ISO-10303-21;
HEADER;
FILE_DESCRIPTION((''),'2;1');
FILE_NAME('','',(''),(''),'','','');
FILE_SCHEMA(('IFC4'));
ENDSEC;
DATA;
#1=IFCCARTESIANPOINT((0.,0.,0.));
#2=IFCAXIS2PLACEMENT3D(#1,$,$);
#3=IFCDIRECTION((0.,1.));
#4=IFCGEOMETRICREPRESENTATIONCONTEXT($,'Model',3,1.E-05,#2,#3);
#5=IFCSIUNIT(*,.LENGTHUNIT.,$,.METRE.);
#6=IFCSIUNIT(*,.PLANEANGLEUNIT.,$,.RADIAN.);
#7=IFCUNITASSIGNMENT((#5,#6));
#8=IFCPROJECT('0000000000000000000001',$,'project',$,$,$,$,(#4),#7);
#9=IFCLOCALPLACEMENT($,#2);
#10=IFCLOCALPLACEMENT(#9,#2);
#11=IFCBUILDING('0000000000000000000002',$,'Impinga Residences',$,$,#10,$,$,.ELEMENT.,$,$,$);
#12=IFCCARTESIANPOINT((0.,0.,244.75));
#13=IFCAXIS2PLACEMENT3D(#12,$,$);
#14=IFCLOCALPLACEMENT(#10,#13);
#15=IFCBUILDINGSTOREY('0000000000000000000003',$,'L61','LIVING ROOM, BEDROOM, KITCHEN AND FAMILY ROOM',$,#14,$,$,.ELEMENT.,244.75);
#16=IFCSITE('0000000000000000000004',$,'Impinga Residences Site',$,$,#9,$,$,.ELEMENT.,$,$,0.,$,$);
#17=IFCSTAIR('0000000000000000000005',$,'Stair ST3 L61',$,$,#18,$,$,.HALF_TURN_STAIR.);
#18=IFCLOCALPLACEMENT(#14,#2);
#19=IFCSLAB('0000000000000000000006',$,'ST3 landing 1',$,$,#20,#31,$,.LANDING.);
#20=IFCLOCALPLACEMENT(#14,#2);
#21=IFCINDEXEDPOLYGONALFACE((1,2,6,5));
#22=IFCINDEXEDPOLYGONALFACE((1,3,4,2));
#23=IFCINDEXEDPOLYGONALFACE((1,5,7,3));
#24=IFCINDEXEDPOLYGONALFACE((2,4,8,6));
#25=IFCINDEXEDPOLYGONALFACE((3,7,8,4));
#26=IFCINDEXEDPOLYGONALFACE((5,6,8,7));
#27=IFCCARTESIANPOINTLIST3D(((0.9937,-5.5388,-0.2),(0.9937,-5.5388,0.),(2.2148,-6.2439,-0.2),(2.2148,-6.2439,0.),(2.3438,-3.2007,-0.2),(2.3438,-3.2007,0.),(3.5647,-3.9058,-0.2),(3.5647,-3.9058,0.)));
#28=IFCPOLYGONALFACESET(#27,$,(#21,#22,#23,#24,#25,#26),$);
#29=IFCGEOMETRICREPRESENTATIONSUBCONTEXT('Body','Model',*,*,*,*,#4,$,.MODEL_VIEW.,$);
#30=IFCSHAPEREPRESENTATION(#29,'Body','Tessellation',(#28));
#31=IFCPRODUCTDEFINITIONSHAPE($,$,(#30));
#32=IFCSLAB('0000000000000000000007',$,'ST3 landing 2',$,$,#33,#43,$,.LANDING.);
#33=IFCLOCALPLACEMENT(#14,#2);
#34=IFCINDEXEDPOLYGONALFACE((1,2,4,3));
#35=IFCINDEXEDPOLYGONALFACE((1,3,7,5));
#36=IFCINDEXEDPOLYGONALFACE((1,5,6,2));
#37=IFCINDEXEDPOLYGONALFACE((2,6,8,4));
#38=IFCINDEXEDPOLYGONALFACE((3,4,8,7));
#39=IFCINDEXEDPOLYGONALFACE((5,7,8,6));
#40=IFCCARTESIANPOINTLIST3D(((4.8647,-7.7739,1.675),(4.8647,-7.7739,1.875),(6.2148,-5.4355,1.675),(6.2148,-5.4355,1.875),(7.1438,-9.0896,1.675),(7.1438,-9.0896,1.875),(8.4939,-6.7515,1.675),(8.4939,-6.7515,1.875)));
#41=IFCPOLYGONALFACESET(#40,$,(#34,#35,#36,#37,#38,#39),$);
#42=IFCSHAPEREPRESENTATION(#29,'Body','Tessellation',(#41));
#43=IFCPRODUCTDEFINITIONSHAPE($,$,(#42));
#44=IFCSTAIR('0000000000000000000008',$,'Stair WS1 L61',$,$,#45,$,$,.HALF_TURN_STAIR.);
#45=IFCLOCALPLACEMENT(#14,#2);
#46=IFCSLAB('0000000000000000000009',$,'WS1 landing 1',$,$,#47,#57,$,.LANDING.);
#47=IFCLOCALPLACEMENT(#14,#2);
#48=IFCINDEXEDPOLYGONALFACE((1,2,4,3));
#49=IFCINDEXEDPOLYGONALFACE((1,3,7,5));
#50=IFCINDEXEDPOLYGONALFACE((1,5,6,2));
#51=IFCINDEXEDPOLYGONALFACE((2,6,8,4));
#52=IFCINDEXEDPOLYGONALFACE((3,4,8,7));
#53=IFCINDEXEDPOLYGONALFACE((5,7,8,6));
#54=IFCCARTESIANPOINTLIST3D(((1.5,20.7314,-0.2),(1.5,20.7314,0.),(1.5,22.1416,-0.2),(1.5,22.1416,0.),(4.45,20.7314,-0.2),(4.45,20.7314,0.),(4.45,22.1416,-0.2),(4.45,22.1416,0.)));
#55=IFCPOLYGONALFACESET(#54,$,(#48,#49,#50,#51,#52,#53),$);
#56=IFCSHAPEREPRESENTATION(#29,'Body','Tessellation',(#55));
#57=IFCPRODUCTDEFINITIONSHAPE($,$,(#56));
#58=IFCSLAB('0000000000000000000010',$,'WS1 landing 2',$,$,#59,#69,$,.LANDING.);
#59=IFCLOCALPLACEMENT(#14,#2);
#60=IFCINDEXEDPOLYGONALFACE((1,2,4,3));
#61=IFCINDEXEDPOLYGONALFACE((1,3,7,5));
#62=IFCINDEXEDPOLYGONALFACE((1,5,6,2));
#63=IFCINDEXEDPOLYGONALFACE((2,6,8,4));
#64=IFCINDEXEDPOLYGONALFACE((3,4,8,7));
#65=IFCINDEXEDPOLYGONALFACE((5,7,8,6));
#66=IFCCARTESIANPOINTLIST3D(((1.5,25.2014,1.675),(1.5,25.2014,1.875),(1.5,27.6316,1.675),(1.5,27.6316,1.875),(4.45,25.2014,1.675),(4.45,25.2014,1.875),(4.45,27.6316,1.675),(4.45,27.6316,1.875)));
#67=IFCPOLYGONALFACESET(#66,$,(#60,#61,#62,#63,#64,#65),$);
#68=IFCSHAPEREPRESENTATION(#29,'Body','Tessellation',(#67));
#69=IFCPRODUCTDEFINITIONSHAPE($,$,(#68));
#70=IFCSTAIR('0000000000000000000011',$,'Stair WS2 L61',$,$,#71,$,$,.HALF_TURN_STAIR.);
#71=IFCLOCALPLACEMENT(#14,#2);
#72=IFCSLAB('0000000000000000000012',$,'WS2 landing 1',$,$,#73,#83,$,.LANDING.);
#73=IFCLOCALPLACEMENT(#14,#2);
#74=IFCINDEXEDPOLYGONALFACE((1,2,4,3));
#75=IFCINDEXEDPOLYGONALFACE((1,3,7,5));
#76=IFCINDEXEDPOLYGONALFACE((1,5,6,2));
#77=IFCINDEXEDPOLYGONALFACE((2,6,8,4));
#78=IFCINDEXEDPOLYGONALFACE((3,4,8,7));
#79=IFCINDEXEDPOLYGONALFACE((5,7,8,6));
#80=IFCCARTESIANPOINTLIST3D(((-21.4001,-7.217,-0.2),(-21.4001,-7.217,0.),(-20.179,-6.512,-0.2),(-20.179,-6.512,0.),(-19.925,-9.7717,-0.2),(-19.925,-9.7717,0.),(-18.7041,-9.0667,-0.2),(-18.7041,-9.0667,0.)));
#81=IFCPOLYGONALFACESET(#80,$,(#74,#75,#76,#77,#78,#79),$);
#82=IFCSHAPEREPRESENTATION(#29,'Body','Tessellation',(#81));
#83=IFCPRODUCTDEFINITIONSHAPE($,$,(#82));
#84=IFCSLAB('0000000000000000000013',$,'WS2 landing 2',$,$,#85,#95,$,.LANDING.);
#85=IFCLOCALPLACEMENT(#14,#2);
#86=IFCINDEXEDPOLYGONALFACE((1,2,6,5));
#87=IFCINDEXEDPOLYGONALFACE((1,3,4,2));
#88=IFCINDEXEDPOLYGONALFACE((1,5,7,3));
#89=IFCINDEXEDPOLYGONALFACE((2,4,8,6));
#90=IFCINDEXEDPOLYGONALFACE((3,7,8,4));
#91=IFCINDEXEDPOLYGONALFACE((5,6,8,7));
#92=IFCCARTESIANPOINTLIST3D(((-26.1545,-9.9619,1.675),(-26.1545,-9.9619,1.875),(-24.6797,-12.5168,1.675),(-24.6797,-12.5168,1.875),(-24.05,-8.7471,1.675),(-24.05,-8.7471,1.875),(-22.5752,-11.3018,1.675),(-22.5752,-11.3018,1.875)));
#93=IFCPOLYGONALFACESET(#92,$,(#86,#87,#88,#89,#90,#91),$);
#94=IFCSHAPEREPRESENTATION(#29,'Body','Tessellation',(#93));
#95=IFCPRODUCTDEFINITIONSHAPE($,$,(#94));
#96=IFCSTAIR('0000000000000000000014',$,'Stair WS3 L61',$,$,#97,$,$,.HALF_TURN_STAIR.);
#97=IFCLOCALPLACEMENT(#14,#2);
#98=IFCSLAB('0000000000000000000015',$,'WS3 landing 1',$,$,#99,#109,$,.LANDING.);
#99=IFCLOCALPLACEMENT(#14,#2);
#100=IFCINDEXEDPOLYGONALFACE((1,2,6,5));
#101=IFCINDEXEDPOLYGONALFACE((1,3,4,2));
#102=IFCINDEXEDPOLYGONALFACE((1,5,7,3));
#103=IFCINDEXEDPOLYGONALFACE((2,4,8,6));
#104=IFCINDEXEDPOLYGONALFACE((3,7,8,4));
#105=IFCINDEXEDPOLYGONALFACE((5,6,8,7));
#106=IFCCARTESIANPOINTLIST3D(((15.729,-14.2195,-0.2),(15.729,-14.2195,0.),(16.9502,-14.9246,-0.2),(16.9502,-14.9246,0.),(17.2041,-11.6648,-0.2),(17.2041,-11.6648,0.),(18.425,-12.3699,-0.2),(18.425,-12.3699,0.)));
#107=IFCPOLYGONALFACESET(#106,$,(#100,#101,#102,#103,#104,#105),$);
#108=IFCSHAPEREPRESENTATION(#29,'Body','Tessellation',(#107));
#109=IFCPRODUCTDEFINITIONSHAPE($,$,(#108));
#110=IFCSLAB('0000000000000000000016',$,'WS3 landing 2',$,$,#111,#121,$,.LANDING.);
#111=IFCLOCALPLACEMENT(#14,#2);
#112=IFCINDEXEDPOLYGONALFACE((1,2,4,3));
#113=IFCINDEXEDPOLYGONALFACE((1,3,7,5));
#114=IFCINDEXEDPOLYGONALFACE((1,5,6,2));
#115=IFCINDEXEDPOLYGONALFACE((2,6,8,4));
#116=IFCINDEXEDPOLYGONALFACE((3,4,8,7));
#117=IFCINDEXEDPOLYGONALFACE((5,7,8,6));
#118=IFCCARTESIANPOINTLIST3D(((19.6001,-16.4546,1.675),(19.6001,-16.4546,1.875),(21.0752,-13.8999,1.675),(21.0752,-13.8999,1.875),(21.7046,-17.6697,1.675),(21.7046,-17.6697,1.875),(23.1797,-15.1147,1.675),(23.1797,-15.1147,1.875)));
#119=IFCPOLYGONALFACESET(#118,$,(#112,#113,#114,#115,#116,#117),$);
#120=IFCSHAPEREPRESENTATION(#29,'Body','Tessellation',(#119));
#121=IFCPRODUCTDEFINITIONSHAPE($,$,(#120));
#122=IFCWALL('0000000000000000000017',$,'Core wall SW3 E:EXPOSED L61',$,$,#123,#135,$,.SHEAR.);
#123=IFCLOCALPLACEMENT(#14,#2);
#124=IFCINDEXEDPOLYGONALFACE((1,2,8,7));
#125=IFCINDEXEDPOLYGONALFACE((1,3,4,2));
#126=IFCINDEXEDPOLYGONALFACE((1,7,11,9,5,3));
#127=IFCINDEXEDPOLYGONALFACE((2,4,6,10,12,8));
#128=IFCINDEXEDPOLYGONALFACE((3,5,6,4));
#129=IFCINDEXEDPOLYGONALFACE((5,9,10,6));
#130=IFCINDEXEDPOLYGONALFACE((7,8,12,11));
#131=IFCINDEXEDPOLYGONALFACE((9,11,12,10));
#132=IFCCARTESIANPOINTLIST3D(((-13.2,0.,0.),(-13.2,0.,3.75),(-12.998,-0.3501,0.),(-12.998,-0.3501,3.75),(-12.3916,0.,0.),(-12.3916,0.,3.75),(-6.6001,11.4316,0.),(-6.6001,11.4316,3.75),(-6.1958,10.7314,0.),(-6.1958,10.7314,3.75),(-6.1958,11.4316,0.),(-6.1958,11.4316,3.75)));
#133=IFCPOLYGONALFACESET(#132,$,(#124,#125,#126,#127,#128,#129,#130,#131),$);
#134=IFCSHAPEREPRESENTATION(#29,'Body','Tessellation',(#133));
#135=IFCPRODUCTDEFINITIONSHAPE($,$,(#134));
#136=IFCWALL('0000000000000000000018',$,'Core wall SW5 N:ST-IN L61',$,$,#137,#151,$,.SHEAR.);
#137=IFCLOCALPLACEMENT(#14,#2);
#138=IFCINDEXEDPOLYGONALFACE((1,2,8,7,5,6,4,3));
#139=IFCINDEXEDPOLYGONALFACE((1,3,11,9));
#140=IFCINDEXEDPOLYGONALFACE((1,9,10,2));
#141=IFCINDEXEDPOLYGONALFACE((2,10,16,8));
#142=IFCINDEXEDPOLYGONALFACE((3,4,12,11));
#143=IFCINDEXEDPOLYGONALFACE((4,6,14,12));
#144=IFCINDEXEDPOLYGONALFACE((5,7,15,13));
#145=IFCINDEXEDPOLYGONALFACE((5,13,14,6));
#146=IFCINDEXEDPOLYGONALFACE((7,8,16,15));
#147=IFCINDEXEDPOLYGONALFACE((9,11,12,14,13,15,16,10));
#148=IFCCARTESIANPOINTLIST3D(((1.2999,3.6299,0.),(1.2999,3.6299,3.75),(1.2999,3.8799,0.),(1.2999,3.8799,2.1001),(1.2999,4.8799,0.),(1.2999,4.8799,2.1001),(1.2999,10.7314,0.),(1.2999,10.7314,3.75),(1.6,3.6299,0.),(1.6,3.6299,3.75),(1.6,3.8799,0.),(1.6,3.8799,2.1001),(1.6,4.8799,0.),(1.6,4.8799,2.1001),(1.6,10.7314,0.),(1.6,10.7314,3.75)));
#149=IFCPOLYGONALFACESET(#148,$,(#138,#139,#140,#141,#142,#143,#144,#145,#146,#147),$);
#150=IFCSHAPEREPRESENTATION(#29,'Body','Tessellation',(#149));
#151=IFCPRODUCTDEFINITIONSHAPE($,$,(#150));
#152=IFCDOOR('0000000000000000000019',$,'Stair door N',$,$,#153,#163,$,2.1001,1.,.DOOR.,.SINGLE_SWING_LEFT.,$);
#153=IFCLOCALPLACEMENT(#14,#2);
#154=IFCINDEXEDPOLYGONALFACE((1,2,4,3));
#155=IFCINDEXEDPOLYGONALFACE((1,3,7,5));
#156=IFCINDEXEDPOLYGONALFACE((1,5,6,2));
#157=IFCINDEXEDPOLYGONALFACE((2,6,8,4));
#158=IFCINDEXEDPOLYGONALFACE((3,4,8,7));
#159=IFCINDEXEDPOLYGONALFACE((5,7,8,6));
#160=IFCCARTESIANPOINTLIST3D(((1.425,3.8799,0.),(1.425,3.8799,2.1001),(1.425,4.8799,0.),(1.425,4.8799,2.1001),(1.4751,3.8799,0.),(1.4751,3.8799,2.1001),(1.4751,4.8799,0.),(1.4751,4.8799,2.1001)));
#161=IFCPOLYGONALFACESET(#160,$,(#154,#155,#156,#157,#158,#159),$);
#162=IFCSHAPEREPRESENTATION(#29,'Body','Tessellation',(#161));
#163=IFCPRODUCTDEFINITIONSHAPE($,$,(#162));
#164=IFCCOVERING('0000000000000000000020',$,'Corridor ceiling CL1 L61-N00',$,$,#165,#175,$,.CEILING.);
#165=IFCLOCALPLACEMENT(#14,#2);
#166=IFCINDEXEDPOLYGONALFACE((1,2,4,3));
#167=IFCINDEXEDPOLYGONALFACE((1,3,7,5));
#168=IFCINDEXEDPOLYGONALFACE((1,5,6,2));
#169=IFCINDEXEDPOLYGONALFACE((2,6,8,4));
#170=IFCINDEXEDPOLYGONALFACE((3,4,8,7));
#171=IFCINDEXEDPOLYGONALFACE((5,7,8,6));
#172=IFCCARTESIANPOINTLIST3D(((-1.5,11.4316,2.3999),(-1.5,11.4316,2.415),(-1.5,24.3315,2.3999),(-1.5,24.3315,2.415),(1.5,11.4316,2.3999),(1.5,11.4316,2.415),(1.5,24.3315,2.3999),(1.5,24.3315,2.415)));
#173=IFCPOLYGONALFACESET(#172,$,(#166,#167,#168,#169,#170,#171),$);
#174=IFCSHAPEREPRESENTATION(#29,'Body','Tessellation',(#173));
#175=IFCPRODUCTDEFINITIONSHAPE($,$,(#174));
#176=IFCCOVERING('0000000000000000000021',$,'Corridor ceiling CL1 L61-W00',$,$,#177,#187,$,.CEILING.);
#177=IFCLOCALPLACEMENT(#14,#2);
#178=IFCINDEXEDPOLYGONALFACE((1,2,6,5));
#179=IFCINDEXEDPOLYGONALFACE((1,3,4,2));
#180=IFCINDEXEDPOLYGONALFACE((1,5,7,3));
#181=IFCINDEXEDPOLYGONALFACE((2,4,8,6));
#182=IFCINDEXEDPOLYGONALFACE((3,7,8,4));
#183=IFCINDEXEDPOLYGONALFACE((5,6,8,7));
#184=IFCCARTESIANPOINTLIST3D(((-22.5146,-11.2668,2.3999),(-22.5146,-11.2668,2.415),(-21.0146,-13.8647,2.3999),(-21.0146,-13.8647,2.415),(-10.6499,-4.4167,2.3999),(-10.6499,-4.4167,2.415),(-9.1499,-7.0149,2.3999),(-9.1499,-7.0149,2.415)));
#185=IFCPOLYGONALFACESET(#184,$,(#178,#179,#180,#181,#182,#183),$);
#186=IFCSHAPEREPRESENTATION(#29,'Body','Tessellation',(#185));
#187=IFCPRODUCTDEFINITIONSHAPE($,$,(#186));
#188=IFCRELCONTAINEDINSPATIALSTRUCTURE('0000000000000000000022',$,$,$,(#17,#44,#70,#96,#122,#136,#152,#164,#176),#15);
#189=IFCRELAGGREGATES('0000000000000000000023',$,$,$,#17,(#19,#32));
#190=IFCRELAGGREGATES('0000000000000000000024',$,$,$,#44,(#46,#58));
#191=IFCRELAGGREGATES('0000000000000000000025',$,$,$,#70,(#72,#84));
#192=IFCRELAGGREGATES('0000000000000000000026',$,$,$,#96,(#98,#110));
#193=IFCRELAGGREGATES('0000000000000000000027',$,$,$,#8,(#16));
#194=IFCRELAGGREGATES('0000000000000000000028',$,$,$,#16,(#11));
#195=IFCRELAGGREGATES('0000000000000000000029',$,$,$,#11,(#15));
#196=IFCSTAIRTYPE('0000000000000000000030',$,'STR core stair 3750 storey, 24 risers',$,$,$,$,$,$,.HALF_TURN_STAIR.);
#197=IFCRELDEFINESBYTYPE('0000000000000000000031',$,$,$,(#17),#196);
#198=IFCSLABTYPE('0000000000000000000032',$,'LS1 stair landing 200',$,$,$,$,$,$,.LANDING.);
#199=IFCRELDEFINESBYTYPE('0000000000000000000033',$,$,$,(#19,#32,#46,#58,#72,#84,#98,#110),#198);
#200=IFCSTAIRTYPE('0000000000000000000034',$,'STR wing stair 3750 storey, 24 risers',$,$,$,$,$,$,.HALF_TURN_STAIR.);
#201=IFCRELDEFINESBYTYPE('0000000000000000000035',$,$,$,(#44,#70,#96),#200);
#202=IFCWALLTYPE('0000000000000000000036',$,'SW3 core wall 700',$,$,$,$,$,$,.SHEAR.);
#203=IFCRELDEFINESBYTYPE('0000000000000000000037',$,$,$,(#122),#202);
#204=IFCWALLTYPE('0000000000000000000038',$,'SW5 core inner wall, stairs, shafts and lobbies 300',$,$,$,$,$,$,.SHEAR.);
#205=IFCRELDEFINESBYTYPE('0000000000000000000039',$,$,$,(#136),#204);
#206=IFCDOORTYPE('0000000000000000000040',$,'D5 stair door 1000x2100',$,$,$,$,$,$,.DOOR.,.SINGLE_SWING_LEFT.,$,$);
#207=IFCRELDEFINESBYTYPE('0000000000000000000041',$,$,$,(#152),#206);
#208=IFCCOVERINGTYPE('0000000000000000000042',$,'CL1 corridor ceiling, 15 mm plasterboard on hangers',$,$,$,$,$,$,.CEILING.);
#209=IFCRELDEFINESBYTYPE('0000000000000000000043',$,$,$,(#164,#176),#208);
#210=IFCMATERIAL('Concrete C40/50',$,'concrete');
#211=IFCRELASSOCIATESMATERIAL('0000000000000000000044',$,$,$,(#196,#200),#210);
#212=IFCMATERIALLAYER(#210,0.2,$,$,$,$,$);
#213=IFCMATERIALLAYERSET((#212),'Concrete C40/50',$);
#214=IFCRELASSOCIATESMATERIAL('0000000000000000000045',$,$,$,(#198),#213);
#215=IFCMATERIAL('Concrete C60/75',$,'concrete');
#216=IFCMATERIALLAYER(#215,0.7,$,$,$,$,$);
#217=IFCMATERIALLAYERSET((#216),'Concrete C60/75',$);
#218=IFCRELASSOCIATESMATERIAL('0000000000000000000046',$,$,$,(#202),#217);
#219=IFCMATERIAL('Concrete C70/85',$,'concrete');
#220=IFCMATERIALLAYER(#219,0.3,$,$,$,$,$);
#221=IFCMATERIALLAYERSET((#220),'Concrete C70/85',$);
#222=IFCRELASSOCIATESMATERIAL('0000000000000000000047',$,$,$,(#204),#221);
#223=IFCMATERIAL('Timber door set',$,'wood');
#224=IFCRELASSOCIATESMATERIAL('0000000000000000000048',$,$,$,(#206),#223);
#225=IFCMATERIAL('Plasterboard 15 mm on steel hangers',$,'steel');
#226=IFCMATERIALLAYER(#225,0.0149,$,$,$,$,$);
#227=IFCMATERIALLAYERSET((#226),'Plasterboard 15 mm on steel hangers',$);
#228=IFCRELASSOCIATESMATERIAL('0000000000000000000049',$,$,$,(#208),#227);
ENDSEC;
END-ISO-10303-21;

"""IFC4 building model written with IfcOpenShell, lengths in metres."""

from ifc_helpers import new_model, si_unit, direction, frame, frame_2d, origin, place, context, subcontext, project, spatial, polyline, rectangle, outline, extrude, material, layer, layer_set, type_object, element, fill, aggregate, save


model = new_model("IFC4")

# Units and contexts
model_context = context("Model", 3, precision=1e-05, world=origin(), true_north=direction((0.0, 1.0)))
body_context = subcontext(model_context, "Body", "Model", "MODEL_VIEW")
ifc_project = project(units=[si_unit("LENGTHUNIT", "METRE"), si_unit("PLANEANGLEUNIT", "RADIAN")], contexts=[model_context])

# Site, building, storey
site_placement = place(None, origin())
site = spatial("IfcSite", under=ifc_project, at=site_placement, Name="Impinga Residences Site", CompositionType="ELEMENT", RefElevation=0.0)
building_placement = place(site_placement, origin())
building = spatial("IfcBuilding", under=site, at=building_placement, Name="Impinga Residences", CompositionType="ELEMENT")
storey_placement = place(building_placement, frame((0.0, 0.0, 244.75)))
storey = spatial("IfcBuildingStorey", under=building, at=storey_placement, Name="L61", Description="LIVING ROOM, BEDROOM, KITCHEN AND FAMILY ROOM", CompositionType="ELEMENT", Elevation=244.75)

# Shared definitions
ifc_material_1 = material(Name="Concrete C60/75", Category="concrete")

# Stairs, slabs
ifc_material_2 = material(Name="Concrete C40/50", Category="concrete")
stair_type_1 = type_object("IfcStairType", Name="STR core stair 3750 storey, 24 risers", PredefinedType="HALF_TURN_STAIR", material=ifc_material_2)
ifc_layer_1 = layer(ifc_material_2, 0.2)
ifc_layer_set_1 = layer_set([ifc_layer_1], Name="Concrete C40/50")
slab_type_1 = type_object("IfcSlabType", Name="LS1 stair landing 200", PredefinedType="LANDING", material=ifc_layer_set_1)
stair_1_placement = place(storey_placement, origin())
stair_1 = element("IfcStair", 1, at=stair_1_placement, inside=storey, type_object=stair_type_1, Name="Stair ST3 L61", PredefinedType="HALF_TURN_STAIR")
slab_1_placement = place(storey_placement, frame((0.0, 0.0, -0.2)))
slab_1 = element("IfcSlab", 2, at=slab_1_placement, type_object=slab_type_1, Name="ST3 landing 1", PredefinedType="LANDING", context=body_context, shape_type="SweptSolid", body=[
    extrude(outline(polyline([(2.3438, -3.2007), (0.9937, -5.5388), (2.2148, -6.2439), (3.5647, -3.9058), (2.3438, -3.2007)])), origin(), (0.0, 0.0, 1.0), 0.2),
])
slab_2_placement = place(storey_placement, frame((0.0, 0.0, 1.675)))
slab_2 = element("IfcSlab", 3, at=slab_2_placement, type_object=slab_type_1, Name="ST3 landing 2", PredefinedType="LANDING", context=body_context, shape_type="SweptSolid", body=[
    extrude(outline(polyline([(6.2148, -5.4355), (4.8647, -7.7739), (7.1438, -9.0896), (8.4939, -6.7515), (6.2148, -5.4355)])), origin(), (0.0, 0.0, 1.0), 0.2),
])
aggregate(stair_1, [slab_1, slab_2])
stair_type_2 = type_object("IfcStairType", Name="STR wing stair 3750 storey, 24 risers", PredefinedType="HALF_TURN_STAIR", material=ifc_material_2)
stair_2_placement = place(storey_placement, origin())
stair_2 = element("IfcStair", 4, at=stair_2_placement, inside=storey, type_object=stair_type_2, Name="Stair WS1 L61", PredefinedType="HALF_TURN_STAIR")
slab_3_placement = place(storey_placement, frame((0.0, 0.0, -0.2)))
slab_3 = element("IfcSlab", 5, at=slab_3_placement, type_object=slab_type_1, Name="WS1 landing 1", PredefinedType="LANDING", context=body_context, shape_type="SweptSolid", body=[
    extrude(outline(polyline([(1.5, 20.7314), (4.45, 20.7314), (4.45, 22.1416), (1.5, 22.1416), (1.5, 20.7314)])), origin(), (0.0, 0.0, 1.0), 0.2),
])
slab_4_placement = place(storey_placement, frame((0.0, 0.0, 1.675)))
slab_4 = element("IfcSlab", 6, at=slab_4_placement, type_object=slab_type_1, Name="WS1 landing 2", PredefinedType="LANDING", context=body_context, shape_type="SweptSolid", body=[
    extrude(outline(polyline([(1.5, 25.2014), (4.45, 25.2014), (4.45, 27.6316), (1.5, 27.6316), (1.5, 25.2014)])), origin(), (0.0, 0.0, 1.0), 0.2),
])
aggregate(stair_2, [slab_3, slab_4])
stair_3_placement = place(storey_placement, origin())
stair_3 = element("IfcStair", 7, at=stair_3_placement, inside=storey, type_object=stair_type_2, Name="Stair WS2 L61", PredefinedType="HALF_TURN_STAIR")
slab_5_placement = place(storey_placement, frame((0.0, 0.0, -0.2)))
slab_5 = element("IfcSlab", 8, at=slab_5_placement, type_object=slab_type_1, Name="WS2 landing 1", PredefinedType="LANDING", context=body_context, shape_type="SweptSolid", body=[
    extrude(outline(polyline([(-18.7041, -9.0667), (-20.179, -6.512), (-21.4001, -7.217), (-19.925, -9.7717), (-18.7041, -9.0667)])), origin(), (0.0, 0.0, 1.0), 0.2),
])
slab_6_placement = place(storey_placement, frame((0.0, 0.0, 1.675)))
slab_6 = element("IfcSlab", 9, at=slab_6_placement, type_object=slab_type_1, Name="WS2 landing 2", PredefinedType="LANDING", context=body_context, shape_type="SweptSolid", body=[
    extrude(outline(polyline([(-22.5752, -11.3018), (-24.05, -8.7471), (-26.1545, -9.9619), (-24.6797, -12.5168), (-22.5752, -11.3018)])), origin(), (0.0, 0.0, 1.0), 0.2),
])
aggregate(stair_3, [slab_5, slab_6])
stair_4_placement = place(storey_placement, origin())
stair_4 = element("IfcStair", 10, at=stair_4_placement, inside=storey, type_object=stair_type_2, Name="Stair WS3 L61", PredefinedType="HALF_TURN_STAIR")
slab_7_placement = place(storey_placement, frame((0.0, 0.0, -0.2)))
slab_7 = element("IfcSlab", 11, at=slab_7_placement, type_object=slab_type_1, Name="WS3 landing 1", PredefinedType="LANDING", context=body_context, shape_type="SweptSolid", body=[
    extrude(outline(polyline([(17.2041, -11.6648), (15.729, -14.2195), (16.9502, -14.9246), (18.425, -12.3699), (17.2041, -11.6648)])), origin(), (0.0, 0.0, 1.0), 0.2),
])
slab_8_placement = place(storey_placement, frame((0.0, 0.0, 1.675)))
slab_8 = element("IfcSlab", 12, at=slab_8_placement, type_object=slab_type_1, Name="WS3 landing 2", PredefinedType="LANDING", context=body_context, shape_type="SweptSolid", body=[
    extrude(outline(polyline([(21.0752, -13.8999), (19.6001, -16.4546), (21.7046, -17.6697), (23.1797, -15.1147), (21.0752, -13.8999)])), origin(), (0.0, 0.0, 1.0), 0.2),
])
aggregate(stair_4, [slab_7, slab_8])

# Wall
ifc_layer_2 = layer(ifc_material_1, 0.7)
ifc_layer_set_2 = layer_set([ifc_layer_2], Name="Concrete C60/75")
wall_type_1 = type_object("IfcWallType", Name="SW3 core wall 700", PredefinedType="SHEAR", material=ifc_layer_set_2)
wall_1_placement = place(storey_placement, origin())
element("IfcWall", 13, at=wall_1_placement, inside=storey, type_object=wall_type_1, Name="Core wall SW3 E:EXPOSED L61", PredefinedType="SHEAR", context=body_context, shape_type="SweptSolid", body=[
    extrude(outline(polyline([(-6.6001, 11.4316), (-13.2, 0.0), (-12.998, -0.3501), (-12.3916, 0.0), (-6.1958, 10.7314), (-6.1958, 11.4316), (-6.6001, 11.4316)])), origin(), (0.0, 0.0, 1.0), 3.75),
])

# Wall, opening, door
ifc_material_3 = material(Name="Concrete C70/85", Category="concrete")
ifc_layer_3 = layer(ifc_material_3, 0.3)
ifc_layer_set_3 = layer_set([ifc_layer_3], Name="Concrete C70/85")
wall_type_2 = type_object("IfcWallType", Name="SW5 core inner wall, stairs, shafts and lobbies 300", PredefinedType="SHEAR", material=ifc_layer_set_3)
wall_2_placement = place(storey_placement, frame((1.45, 3.6299, 0.0), z_axis=(0.0, 0.0, 1.0), x_axis=(0.0, 1.0, 0.0)))
wall_2 = element("IfcWall", 14, at=wall_2_placement, inside=storey, type_object=wall_type_2, Name="Core wall SW5 N:ST-IN L61", PredefinedType="SHEAR", context=body_context, shape_type="SweptSolid", body=[
    extrude(rectangle(XDim=7.1016, YDim=0.3, at=frame_2d((3.5508, 0.0))), origin(), (0.0, 0.0, 1.0), 3.75),
])
opening_placement = place(wall_2_placement, frame((0.25, 0.0, 0.0)))
opening = element("IfcOpeningElement", 15, at=opening_placement, cuts=wall_2, PredefinedType="OPENING", context=body_context, shape_type="SweptSolid", body=[
    extrude(rectangle(XDim=1.0, YDim=2.1001, at=frame_2d((0.5, 1.05))), frame((0.0, 0.1599, 0.0), z_axis=(0.0, -1.0, 0.0), x_axis=(1.0, 0.0, 0.0)), (0.0, 0.0, 1.0), 0.3201),
])
ifc_material_4 = material(Name="Timber door set", Category="wood")
door_type = type_object("IfcDoorType", Name="D5 stair door 1000x2100", OperationType="SINGLE_SWING_LEFT", PredefinedType="DOOR", material=ifc_material_4)
door_placement = place(opening_placement, origin())
door = element("IfcDoor", 16, at=door_placement, inside=storey, type_object=door_type, Name="Stair door N", OperationType="SINGLE_SWING_LEFT", OverallHeight=2.1001, OverallWidth=1.0, PredefinedType="DOOR", context=body_context, shape_type="SweptSolid", body=[
    extrude(rectangle(XDim=1.0, YDim=2.1001, at=frame_2d((0.5, 1.05))), frame((0.0, 0.0249, 0.0), z_axis=(0.0, -1.0, 0.0), x_axis=(1.0, 0.0, 0.0)), (0.0, 0.0, 1.0), 0.05),
])
fill(opening, door)

# Coverings
ifc_material_5 = material(Name="Plasterboard 15 mm on steel hangers", Category="steel")
ifc_layer_4 = layer(ifc_material_5, 0.0149)
ifc_layer_set_4 = layer_set([ifc_layer_4], Name="Plasterboard 15 mm on steel hangers")
covering_type_1 = type_object("IfcCoveringType", Name="CL1 corridor ceiling, 15 mm plasterboard on hangers", PredefinedType="CEILING", material=ifc_layer_set_4)
covering_1_placement = place(storey_placement, frame((0.0, 0.0, 2.3999)))
element("IfcCovering", 17, at=covering_1_placement, inside=storey, type_object=covering_type_1, Name="Corridor ceiling CL1 L61-N00", PredefinedType="CEILING", context=body_context, shape_type="SweptSolid", body=[
    extrude(outline(polyline([(-1.5, 11.4316), (1.5, 11.4316), (1.5, 24.3315), (-1.5, 24.3315), (-1.5, 11.4316)])), origin(), (0.0, 0.0, 1.0), 0.0151),
])
covering_2_placement = place(storey_placement, frame((0.0, 0.0, 2.3999)))
element("IfcCovering", 18, at=covering_2_placement, inside=storey, type_object=covering_type_1, Name="Corridor ceiling CL1 L61-W00", PredefinedType="CEILING", context=body_context, shape_type="SweptSolid", body=[
    extrude(outline(polyline([(-9.1499, -7.0149), (-10.6499, -4.4167), (-22.5146, -11.2668), (-21.0146, -13.8647), (-9.1499, -7.0149)])), origin(), (0.0, 0.0, 1.0), 0.0151),
])

save(model, "model.ifc")
